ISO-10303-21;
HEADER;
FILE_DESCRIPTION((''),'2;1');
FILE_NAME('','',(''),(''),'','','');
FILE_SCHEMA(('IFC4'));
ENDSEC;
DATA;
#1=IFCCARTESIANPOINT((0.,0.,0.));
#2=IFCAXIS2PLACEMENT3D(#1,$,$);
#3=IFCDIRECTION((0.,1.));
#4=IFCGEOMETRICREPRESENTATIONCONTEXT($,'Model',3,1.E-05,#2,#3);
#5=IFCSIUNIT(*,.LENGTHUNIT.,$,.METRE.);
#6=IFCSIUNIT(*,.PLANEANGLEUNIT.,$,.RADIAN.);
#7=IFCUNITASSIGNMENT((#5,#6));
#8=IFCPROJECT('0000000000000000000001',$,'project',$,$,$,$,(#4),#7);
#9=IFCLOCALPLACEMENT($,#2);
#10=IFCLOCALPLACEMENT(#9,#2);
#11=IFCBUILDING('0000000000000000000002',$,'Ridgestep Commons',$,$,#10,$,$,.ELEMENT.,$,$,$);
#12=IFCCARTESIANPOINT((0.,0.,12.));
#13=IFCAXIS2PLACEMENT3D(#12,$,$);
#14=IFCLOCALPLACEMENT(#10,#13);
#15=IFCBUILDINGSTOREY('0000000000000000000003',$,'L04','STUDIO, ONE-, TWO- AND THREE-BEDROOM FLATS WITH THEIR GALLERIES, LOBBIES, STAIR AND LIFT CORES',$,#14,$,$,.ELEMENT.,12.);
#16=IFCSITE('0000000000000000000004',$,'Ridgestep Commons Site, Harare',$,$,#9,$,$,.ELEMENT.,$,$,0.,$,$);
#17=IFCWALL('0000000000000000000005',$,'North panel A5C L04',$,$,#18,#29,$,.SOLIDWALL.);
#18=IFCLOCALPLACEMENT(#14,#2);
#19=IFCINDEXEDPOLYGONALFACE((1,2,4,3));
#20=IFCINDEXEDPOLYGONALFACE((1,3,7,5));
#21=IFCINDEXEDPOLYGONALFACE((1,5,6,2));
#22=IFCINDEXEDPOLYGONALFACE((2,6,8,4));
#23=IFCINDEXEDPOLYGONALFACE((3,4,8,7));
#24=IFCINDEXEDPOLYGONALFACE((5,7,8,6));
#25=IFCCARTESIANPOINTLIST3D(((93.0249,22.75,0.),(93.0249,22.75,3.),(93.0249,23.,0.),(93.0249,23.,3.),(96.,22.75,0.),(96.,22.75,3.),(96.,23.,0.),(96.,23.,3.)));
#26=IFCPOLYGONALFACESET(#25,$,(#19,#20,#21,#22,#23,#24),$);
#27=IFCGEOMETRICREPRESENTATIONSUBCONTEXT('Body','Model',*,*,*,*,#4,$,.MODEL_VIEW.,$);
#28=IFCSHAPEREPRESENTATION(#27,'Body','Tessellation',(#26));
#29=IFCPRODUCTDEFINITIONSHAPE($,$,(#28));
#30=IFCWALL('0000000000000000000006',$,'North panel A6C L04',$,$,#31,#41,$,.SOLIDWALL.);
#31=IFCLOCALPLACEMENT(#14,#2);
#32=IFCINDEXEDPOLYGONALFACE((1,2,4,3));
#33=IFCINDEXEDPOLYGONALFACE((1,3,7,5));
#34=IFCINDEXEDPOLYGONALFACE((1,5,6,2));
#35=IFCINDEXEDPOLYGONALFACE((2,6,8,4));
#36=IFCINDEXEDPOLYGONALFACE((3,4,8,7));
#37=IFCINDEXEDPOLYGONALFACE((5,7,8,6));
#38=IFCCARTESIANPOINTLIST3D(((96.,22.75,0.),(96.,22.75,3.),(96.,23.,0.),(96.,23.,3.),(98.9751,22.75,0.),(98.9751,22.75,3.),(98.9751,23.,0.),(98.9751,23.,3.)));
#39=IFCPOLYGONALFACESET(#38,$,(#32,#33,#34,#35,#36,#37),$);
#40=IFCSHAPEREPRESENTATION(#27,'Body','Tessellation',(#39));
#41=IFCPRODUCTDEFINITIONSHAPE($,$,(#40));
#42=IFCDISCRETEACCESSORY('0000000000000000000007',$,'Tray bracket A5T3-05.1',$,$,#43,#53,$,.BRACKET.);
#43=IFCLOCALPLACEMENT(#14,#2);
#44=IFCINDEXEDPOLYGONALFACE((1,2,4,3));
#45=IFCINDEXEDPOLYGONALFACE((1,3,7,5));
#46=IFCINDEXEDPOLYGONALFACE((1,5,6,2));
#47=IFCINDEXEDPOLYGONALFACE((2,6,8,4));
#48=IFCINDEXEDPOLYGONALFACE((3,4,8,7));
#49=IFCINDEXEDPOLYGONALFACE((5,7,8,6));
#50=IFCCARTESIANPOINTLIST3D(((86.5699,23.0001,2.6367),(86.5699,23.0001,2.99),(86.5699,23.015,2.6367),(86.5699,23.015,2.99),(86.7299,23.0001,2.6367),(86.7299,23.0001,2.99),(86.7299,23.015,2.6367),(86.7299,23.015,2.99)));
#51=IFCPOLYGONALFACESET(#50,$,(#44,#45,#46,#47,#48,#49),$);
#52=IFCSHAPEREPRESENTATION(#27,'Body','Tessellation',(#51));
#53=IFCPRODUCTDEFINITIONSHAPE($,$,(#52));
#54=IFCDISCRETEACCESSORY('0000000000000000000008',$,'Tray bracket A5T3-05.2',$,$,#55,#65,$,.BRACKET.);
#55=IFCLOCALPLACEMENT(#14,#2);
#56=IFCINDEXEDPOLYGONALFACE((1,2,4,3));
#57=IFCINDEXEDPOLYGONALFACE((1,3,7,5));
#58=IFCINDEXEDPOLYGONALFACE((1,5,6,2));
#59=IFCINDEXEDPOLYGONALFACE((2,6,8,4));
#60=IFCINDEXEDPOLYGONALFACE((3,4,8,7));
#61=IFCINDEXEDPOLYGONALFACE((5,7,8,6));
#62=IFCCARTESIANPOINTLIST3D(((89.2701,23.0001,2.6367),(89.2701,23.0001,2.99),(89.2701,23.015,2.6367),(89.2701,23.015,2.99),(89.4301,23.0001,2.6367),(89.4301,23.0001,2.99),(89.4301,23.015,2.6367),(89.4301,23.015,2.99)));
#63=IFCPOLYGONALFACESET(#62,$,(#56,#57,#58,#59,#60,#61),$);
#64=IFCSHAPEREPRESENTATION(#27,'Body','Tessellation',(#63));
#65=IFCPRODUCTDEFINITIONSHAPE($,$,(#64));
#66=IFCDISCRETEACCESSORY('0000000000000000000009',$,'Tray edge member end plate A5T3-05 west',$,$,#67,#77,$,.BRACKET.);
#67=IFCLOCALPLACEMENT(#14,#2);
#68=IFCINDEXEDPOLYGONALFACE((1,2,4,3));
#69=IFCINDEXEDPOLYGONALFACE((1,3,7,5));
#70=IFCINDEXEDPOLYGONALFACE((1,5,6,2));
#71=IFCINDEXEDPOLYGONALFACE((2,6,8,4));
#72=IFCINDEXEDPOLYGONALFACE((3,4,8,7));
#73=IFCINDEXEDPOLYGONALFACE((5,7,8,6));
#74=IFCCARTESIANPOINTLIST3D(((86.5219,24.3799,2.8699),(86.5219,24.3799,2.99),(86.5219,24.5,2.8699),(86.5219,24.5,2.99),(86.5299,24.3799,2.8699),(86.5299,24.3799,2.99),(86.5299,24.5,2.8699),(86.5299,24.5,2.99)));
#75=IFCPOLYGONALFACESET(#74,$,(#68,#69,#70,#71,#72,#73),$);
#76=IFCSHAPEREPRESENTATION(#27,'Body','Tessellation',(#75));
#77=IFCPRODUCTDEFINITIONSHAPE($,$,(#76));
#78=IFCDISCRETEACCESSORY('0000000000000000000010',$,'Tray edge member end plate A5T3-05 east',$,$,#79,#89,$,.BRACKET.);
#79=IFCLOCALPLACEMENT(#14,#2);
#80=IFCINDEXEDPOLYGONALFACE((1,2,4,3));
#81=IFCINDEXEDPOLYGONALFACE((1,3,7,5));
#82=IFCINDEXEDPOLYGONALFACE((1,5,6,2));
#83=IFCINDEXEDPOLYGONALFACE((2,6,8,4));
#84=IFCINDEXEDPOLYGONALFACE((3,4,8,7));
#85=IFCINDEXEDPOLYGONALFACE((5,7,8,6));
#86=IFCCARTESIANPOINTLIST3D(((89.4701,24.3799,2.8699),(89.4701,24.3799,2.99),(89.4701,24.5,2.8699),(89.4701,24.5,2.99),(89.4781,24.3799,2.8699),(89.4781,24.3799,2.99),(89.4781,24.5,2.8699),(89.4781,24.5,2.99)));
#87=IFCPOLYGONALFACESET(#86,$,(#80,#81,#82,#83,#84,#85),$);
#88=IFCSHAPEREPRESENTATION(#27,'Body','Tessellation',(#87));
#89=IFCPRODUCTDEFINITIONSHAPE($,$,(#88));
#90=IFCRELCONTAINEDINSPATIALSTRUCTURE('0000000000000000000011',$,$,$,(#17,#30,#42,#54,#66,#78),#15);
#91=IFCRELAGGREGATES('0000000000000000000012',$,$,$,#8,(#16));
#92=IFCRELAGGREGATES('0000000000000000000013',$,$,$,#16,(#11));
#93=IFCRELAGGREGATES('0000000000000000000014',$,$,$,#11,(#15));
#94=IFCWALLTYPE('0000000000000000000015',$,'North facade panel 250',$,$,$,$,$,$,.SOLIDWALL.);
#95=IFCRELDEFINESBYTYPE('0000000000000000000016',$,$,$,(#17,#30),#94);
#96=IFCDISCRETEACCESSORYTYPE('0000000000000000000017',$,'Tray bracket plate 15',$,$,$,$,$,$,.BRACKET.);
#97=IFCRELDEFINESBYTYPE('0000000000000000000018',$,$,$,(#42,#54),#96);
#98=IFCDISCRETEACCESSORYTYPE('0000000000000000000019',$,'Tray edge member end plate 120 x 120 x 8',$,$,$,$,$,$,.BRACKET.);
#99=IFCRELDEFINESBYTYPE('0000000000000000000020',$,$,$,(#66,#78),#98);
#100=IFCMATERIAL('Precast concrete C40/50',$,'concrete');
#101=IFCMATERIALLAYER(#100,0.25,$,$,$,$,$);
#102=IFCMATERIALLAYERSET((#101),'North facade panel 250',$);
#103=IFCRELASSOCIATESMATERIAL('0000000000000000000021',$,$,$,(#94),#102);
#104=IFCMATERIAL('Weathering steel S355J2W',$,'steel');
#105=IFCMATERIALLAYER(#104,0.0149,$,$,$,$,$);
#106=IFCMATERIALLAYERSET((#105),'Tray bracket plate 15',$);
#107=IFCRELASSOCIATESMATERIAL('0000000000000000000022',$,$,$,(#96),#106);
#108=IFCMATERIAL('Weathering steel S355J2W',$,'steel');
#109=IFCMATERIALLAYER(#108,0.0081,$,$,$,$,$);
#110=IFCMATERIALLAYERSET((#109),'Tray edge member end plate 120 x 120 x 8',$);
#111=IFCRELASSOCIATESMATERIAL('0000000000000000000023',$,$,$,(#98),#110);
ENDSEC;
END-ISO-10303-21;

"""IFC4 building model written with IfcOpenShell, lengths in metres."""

from ifc_helpers import new_model, si_unit, direction, frame, frame_2d, origin, origin_2d, place, context, subcontext, project, spatial, rectangle, extrude, material, layer, layer_set, type_object, element, save


model = new_model("IFC4")

# Units and contexts
model_context = context("Model", 3, precision=1e-05, world=origin(), true_north=direction((0.0, 1.0)))
body_context = subcontext(model_context, "Body", "Model", "MODEL_VIEW")
ifc_project = project(units=[si_unit("LENGTHUNIT", "METRE"), si_unit("PLANEANGLEUNIT", "RADIAN")], contexts=[model_context])

# Site, building, storey
site_placement = place(None, origin())
site = spatial("IfcSite", under=ifc_project, at=site_placement, Name="Ridgestep Commons Site, Harare", CompositionType="ELEMENT", RefElevation=0.0)
building_placement = place(site_placement, origin())
building = spatial("IfcBuilding", under=site, at=building_placement, Name="Ridgestep Commons", CompositionType="ELEMENT")
storey_placement = place(building_placement, frame((0.0, 0.0, 12.0)))
storey = spatial("IfcBuildingStorey", under=building, at=storey_placement, Name="L04", Description="STUDIO, ONE-, TWO- AND THREE-BEDROOM FLATS WITH THEIR GALLERIES, LOBBIES, STAIR AND LIFT CORES", CompositionType="ELEMENT", Elevation=12.0)

# Shared definitions
ifc_material_1 = material(Name="Precast concrete C40/50", Category="concrete")
ifc_layer_1 = layer(ifc_material_1, 0.25)
ifc_layer_set_1 = layer_set([ifc_layer_1], Name="North facade panel 250")
wall_type_1 = type_object("IfcWallType", Name="North facade panel 250", PredefinedType="SOLIDWALL", material=ifc_layer_set_1)

# Walls
for number, where, z_axis, x_axis, name in (
    (1, (93.0249, 22.875, 0.0), (0.0, 0.0, 1.0), (1.0, 0.0, 0.0), "North panel A5C L04"),
    (2, (96.0, 22.875, 0.0), (0.0, 0.0, 1.0), (1.0, 0.0, 0.0), "North panel A6C L04"),
):
    element("IfcWall", number, at=place(storey_placement, frame(where, z_axis=z_axis, x_axis=x_axis)), inside=storey, type_object=wall_type_1, Name=name, PredefinedType="SOLIDWALL", context=body_context, shape_type="SweptSolid", body=[
        extrude(rectangle(XDim=2.9751, YDim=0.25, at=frame_2d((1.4875, 0.0))), origin(), (0.0, 0.0, 1.0), 3.0),
    ])

# Discrete accessories
ifc_material_2 = material(Name="Weathering steel S355J2W", Category="steel")
ifc_layer_2 = layer(ifc_material_2, 0.0149)
ifc_layer_set_2 = layer_set([ifc_layer_2], Name="Tray bracket plate 15")
discrete_accessory_type_1 = type_object("IfcDiscreteAccessoryType", Name="Tray bracket plate 15", PredefinedType="BRACKET", material=ifc_layer_set_2)
for number, where, z_axis, x_axis, name in (
    (3, (86.6499, 23.0076, 2.6367), (0.0, 0.0, 1.0), (1.0, 0.0, 0.0), "Tray bracket A5T3-05.1"),
    (4, (89.3501, 23.0076, 2.6367), (0.0, 0.0, 1.0), (1.0, 0.0, 0.0), "Tray bracket A5T3-05.2"),
):
    element("IfcDiscreteAccessory", number, at=place(storey_placement, frame(where, z_axis=z_axis, x_axis=x_axis)), inside=storey, type_object=discrete_accessory_type_1, Name=name, PredefinedType="BRACKET", context=body_context, shape_type="SweptSolid", body=[
        extrude(rectangle(XDim=0.1599, YDim=0.0149, at=origin_2d()), origin(), (0.0, 0.0, 1.0), 0.3533),
    ])
ifc_material_3 = material(Name="Weathering steel S355J2W", Category="steel")
ifc_layer_3 = layer(ifc_material_3, 0.0081)
ifc_layer_set_3 = layer_set([ifc_layer_3], Name="Tray edge member end plate 120 x 120 x 8")
discrete_accessory_type_2 = type_object("IfcDiscreteAccessoryType", Name="Tray edge member end plate 120 x 120 x 8", PredefinedType="BRACKET", material=ifc_layer_set_3)
for number, where, z_axis, x_axis, name in (
    (5, (86.5259, 24.4399, 2.8699), (0.0, 0.0, 1.0), (1.0, 0.0, 0.0), "Tray edge member end plate A5T3-05 west"),
    (6, (89.4741, 24.4399, 2.8699), (0.0, 0.0, 1.0), (1.0, 0.0, 0.0), "Tray edge member end plate A5T3-05 east"),
):
    element("IfcDiscreteAccessory", number, at=place(storey_placement, frame(where, z_axis=z_axis, x_axis=x_axis)), inside=storey, type_object=discrete_accessory_type_2, Name=name, PredefinedType="BRACKET", context=body_context, shape_type="SweptSolid", body=[
        extrude(rectangle(XDim=0.0081, YDim=0.1201, at=origin_2d()), origin(), (0.0, 0.0, 1.0), 0.1201),
    ])

save(model, "model.ifc")
